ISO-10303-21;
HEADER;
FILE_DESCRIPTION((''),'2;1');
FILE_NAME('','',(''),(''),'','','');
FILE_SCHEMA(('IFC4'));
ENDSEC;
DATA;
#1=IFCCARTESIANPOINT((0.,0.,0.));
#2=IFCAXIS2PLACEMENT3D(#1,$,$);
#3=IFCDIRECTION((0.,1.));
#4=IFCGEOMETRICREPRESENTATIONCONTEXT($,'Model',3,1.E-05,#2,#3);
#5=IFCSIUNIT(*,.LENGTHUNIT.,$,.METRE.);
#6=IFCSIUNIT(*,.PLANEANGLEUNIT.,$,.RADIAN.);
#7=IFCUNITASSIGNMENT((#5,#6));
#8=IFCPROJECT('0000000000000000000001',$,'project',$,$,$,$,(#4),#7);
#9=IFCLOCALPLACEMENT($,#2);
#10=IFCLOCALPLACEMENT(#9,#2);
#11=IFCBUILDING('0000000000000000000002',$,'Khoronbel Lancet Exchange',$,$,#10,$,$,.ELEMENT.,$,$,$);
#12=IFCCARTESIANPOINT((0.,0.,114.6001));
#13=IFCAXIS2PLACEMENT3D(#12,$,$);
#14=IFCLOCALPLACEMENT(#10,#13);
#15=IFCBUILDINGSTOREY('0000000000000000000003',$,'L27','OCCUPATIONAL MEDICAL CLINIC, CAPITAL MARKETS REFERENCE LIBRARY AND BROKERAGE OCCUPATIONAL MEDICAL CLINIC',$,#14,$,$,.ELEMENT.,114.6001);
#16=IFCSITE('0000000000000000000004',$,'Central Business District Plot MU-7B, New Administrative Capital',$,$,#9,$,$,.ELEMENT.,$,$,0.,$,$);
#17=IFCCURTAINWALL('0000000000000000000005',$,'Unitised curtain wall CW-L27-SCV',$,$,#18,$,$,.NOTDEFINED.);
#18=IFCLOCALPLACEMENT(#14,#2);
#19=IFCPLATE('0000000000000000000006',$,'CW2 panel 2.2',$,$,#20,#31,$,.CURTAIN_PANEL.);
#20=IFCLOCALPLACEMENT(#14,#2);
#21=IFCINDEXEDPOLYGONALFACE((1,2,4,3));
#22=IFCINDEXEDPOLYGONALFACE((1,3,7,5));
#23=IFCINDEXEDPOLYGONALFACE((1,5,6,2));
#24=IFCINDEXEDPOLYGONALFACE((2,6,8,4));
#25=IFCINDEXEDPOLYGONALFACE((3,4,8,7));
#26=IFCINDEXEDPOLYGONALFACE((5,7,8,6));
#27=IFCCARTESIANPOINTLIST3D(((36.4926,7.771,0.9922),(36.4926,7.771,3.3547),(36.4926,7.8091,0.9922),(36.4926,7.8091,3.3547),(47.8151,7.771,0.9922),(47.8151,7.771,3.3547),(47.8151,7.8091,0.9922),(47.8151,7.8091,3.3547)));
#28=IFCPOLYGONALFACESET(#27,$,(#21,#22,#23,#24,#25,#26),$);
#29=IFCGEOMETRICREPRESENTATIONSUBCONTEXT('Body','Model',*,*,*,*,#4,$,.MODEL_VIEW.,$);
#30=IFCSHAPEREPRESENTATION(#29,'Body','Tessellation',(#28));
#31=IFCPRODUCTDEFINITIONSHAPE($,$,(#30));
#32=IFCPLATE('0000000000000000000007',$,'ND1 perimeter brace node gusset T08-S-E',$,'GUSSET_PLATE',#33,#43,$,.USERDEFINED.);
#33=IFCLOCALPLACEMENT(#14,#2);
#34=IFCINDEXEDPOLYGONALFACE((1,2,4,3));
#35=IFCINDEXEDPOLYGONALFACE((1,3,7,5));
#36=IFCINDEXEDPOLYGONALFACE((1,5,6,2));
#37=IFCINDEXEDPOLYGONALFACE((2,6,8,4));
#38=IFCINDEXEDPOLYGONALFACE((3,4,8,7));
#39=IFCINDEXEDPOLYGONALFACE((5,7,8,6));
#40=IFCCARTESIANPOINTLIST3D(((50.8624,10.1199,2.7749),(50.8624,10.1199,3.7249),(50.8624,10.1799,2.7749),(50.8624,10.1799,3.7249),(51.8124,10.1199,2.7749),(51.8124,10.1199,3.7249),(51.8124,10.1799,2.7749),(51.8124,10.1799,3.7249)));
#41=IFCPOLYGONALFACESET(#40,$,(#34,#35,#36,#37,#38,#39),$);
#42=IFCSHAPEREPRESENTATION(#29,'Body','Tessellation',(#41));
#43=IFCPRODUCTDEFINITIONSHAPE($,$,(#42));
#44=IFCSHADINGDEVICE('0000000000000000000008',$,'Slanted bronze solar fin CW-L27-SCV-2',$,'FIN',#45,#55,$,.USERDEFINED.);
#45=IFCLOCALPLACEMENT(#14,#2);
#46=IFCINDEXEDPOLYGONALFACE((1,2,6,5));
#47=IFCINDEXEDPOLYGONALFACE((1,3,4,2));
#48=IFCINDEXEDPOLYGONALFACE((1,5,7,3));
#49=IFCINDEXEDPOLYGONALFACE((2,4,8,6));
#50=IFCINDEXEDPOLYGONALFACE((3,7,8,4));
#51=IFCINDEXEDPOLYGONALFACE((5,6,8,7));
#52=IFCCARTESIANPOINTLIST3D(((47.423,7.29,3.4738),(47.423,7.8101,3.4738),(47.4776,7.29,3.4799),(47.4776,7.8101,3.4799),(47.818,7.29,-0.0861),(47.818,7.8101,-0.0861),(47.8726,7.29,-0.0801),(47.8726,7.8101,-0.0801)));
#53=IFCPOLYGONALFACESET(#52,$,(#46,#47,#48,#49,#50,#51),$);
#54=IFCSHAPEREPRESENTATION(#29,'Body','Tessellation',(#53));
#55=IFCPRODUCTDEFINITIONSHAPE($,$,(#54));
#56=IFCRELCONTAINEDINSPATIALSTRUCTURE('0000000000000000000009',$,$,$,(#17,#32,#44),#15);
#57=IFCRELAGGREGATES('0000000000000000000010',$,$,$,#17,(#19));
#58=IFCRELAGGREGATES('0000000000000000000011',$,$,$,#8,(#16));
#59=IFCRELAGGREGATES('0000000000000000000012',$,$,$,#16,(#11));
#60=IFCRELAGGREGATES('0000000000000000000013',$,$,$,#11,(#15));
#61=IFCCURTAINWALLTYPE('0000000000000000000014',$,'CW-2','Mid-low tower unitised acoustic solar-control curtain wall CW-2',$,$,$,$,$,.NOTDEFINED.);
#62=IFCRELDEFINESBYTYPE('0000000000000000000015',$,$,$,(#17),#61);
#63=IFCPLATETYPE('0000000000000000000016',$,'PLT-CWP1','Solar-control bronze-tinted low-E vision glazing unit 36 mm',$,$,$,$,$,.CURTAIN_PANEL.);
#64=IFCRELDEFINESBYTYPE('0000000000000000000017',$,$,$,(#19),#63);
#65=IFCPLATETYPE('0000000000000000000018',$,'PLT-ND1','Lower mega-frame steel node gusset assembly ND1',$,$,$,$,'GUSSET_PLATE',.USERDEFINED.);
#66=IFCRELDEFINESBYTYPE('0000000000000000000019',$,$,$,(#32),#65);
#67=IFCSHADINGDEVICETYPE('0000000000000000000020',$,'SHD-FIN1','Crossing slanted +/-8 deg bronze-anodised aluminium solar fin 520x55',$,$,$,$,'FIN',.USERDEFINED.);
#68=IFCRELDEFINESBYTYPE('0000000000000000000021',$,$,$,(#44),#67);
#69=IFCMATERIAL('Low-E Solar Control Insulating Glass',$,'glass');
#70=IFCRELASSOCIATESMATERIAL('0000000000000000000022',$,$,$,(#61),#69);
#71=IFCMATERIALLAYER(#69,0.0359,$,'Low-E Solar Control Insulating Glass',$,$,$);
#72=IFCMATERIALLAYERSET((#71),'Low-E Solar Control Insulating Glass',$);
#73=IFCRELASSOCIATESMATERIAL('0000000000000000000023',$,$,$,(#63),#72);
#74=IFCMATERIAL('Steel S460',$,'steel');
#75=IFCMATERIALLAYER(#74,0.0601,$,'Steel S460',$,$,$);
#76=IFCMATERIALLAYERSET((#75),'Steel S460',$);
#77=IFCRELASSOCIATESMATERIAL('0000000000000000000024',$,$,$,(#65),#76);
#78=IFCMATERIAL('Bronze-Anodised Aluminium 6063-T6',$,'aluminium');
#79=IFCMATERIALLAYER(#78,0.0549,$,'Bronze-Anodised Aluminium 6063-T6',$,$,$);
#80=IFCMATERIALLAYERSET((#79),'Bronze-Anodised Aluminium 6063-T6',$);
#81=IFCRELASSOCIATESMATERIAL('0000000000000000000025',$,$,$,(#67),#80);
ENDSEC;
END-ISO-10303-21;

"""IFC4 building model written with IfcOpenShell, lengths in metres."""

from ifc_helpers import new_model, si_unit, direction, frame, origin, origin_2d, place, context, subcontext, project, spatial, polyline, rectangle, outline, extrude, material, layer, layer_set, type_object, element, aggregate, save


model = new_model("IFC4")

# Units and contexts
model_context = context("Model", 3, precision=1e-05, world=origin(), true_north=direction((0.0, 1.0)))
body_context = subcontext(model_context, "Body", "Model", "MODEL_VIEW")
ifc_project = project(units=[si_unit("LENGTHUNIT", "METRE"), si_unit("PLANEANGLEUNIT", "RADIAN")], contexts=[model_context])

# Site, building, storey
site_placement = place(None, origin())
site = spatial("IfcSite", under=ifc_project, at=site_placement, Name="Central Business District Plot MU-7B, New Administrative Capital", CompositionType="ELEMENT", RefElevation=0.0)
building_placement = place(site_placement, origin())
building = spatial("IfcBuilding", under=site, at=building_placement, Name="Khoronbel Lancet Exchange", CompositionType="ELEMENT")
storey_placement = place(building_placement, frame((0.0, 0.0, 114.6001)))
storey = spatial("IfcBuildingStorey", under=building, at=storey_placement, Name="L27", Description="OCCUPATIONAL MEDICAL CLINIC, CAPITAL MARKETS REFERENCE LIBRARY AND BROKERAGE OCCUPATIONAL MEDICAL CLINIC", CompositionType="ELEMENT", Elevation=114.6001)

# Shared definitions
ifc_material_1 = material(Name="Steel S460", Category="steel")

# Curtain wall
ifc_material_2 = material(Name="Low-E Solar Control Insulating Glass", Category="glass")
curtain_wall_type = type_object("IfcCurtainWallType", Name="CW-2", Description="Mid-low tower unitised acoustic solar-control curtain wall CW-2", PredefinedType="NOTDEFINED", material=ifc_material_2)
curtain_wall_1_placement = place(storey_placement, origin())
curtain_wall_1 = element("IfcCurtainWall", 1, at=curtain_wall_1_placement, inside=storey, type_object=curtain_wall_type, Name="Unitised curtain wall CW-L27-SCV", PredefinedType="NOTDEFINED")
ifc_material_3 = material(Name="Bronze-Anodised Aluminium 6063-T6", Category="aluminium")

# Plates
ifc_layer_1 = layer(ifc_material_2, 0.0359, Name="Low-E Solar Control Insulating Glass")
ifc_layer_set_1 = layer_set([ifc_layer_1], Name="Low-E Solar Control Insulating Glass")
plate_type_1 = type_object("IfcPlateType", Name="PLT-CWP1", Description="Solar-control bronze-tinted low-E vision glazing unit 36 mm", PredefinedType="CURTAIN_PANEL", material=ifc_layer_set_1)
plate_1_placement = place(storey_placement, frame((42.1538, 7.79, 0.9922), z_axis=(0.0, 0.0, 1.0), x_axis=(1.0, 0.0, 0.0)))
plate_1 = element("IfcPlate", 2, at=plate_1_placement, type_object=plate_type_1, Name="CW2 panel 2.2", PredefinedType="CURTAIN_PANEL", context=body_context, shape_type="SweptSolid", body=[
    extrude(rectangle(XDim=11.3225, YDim=0.0381, at=origin_2d()), origin(), (0.0, 0.0, 1.0), 2.3625),
])
aggregate(curtain_wall_1, [plate_1])
ifc_layer_2 = layer(ifc_material_1, 0.0601, Name="Steel S460")
ifc_layer_set_2 = layer_set([ifc_layer_2], Name="Steel S460")
plate_type_2 = type_object("IfcPlateType", Name="PLT-ND1", Description="Lower mega-frame steel node gusset assembly ND1", ElementType="GUSSET_PLATE", PredefinedType="USERDEFINED", material=ifc_layer_set_2)
plate_2_placement = place(storey_placement, frame((51.3374, 10.1499, 2.7749), z_axis=(0.0, 0.0, 1.0), x_axis=(1.0, 0.0, 0.0)))
element("IfcPlate", 3, at=plate_2_placement, inside=storey, type_object=plate_type_2, Name="ND1 perimeter brace node gusset T08-S-E", ObjectType="GUSSET_PLATE", PredefinedType="USERDEFINED", context=body_context, shape_type="SweptSolid", body=[
    extrude(rectangle(XDim=0.95, YDim=0.0601, at=origin_2d()), origin(), (0.0, 0.0, 1.0), 0.95),
])

# Shading device
ifc_layer_3 = layer(ifc_material_3, 0.0549, Name="Bronze-Anodised Aluminium 6063-T6")
ifc_layer_set_3 = layer_set([ifc_layer_3], Name="Bronze-Anodised Aluminium 6063-T6")
shading_device_type = type_object("IfcShadingDeviceType", Name="SHD-FIN1", Description="Crossing slanted +/-8 deg bronze-anodised aluminium solar fin 520x55", ElementType="FIN", PredefinedType="USERDEFINED", material=ifc_layer_set_3)
shading_device_placement = place(storey_placement, frame((47.8726, 7.8101, -0.0801), z_axis=(0.9939, 0.0, 0.110282), x_axis=(0.0, -1.0, 0.0)))
element("IfcShadingDevice", 4, at=shading_device_placement, inside=storey, type_object=shading_device_type, Name="Slanted bronze solar fin CW-L27-SCV-2", ObjectType="FIN", PredefinedType="USERDEFINED", context=body_context, shape_type="SweptSolid", body=[
    extrude(outline(polyline([(0.0, 0.0), (0.52, 0.0), (0.52, -3.5818), (0.0, -3.5818), (0.0, 0.0)])), origin(), (0.0, 0.0, -1.0), 0.0549),
])

save(model, "model.ifc")
